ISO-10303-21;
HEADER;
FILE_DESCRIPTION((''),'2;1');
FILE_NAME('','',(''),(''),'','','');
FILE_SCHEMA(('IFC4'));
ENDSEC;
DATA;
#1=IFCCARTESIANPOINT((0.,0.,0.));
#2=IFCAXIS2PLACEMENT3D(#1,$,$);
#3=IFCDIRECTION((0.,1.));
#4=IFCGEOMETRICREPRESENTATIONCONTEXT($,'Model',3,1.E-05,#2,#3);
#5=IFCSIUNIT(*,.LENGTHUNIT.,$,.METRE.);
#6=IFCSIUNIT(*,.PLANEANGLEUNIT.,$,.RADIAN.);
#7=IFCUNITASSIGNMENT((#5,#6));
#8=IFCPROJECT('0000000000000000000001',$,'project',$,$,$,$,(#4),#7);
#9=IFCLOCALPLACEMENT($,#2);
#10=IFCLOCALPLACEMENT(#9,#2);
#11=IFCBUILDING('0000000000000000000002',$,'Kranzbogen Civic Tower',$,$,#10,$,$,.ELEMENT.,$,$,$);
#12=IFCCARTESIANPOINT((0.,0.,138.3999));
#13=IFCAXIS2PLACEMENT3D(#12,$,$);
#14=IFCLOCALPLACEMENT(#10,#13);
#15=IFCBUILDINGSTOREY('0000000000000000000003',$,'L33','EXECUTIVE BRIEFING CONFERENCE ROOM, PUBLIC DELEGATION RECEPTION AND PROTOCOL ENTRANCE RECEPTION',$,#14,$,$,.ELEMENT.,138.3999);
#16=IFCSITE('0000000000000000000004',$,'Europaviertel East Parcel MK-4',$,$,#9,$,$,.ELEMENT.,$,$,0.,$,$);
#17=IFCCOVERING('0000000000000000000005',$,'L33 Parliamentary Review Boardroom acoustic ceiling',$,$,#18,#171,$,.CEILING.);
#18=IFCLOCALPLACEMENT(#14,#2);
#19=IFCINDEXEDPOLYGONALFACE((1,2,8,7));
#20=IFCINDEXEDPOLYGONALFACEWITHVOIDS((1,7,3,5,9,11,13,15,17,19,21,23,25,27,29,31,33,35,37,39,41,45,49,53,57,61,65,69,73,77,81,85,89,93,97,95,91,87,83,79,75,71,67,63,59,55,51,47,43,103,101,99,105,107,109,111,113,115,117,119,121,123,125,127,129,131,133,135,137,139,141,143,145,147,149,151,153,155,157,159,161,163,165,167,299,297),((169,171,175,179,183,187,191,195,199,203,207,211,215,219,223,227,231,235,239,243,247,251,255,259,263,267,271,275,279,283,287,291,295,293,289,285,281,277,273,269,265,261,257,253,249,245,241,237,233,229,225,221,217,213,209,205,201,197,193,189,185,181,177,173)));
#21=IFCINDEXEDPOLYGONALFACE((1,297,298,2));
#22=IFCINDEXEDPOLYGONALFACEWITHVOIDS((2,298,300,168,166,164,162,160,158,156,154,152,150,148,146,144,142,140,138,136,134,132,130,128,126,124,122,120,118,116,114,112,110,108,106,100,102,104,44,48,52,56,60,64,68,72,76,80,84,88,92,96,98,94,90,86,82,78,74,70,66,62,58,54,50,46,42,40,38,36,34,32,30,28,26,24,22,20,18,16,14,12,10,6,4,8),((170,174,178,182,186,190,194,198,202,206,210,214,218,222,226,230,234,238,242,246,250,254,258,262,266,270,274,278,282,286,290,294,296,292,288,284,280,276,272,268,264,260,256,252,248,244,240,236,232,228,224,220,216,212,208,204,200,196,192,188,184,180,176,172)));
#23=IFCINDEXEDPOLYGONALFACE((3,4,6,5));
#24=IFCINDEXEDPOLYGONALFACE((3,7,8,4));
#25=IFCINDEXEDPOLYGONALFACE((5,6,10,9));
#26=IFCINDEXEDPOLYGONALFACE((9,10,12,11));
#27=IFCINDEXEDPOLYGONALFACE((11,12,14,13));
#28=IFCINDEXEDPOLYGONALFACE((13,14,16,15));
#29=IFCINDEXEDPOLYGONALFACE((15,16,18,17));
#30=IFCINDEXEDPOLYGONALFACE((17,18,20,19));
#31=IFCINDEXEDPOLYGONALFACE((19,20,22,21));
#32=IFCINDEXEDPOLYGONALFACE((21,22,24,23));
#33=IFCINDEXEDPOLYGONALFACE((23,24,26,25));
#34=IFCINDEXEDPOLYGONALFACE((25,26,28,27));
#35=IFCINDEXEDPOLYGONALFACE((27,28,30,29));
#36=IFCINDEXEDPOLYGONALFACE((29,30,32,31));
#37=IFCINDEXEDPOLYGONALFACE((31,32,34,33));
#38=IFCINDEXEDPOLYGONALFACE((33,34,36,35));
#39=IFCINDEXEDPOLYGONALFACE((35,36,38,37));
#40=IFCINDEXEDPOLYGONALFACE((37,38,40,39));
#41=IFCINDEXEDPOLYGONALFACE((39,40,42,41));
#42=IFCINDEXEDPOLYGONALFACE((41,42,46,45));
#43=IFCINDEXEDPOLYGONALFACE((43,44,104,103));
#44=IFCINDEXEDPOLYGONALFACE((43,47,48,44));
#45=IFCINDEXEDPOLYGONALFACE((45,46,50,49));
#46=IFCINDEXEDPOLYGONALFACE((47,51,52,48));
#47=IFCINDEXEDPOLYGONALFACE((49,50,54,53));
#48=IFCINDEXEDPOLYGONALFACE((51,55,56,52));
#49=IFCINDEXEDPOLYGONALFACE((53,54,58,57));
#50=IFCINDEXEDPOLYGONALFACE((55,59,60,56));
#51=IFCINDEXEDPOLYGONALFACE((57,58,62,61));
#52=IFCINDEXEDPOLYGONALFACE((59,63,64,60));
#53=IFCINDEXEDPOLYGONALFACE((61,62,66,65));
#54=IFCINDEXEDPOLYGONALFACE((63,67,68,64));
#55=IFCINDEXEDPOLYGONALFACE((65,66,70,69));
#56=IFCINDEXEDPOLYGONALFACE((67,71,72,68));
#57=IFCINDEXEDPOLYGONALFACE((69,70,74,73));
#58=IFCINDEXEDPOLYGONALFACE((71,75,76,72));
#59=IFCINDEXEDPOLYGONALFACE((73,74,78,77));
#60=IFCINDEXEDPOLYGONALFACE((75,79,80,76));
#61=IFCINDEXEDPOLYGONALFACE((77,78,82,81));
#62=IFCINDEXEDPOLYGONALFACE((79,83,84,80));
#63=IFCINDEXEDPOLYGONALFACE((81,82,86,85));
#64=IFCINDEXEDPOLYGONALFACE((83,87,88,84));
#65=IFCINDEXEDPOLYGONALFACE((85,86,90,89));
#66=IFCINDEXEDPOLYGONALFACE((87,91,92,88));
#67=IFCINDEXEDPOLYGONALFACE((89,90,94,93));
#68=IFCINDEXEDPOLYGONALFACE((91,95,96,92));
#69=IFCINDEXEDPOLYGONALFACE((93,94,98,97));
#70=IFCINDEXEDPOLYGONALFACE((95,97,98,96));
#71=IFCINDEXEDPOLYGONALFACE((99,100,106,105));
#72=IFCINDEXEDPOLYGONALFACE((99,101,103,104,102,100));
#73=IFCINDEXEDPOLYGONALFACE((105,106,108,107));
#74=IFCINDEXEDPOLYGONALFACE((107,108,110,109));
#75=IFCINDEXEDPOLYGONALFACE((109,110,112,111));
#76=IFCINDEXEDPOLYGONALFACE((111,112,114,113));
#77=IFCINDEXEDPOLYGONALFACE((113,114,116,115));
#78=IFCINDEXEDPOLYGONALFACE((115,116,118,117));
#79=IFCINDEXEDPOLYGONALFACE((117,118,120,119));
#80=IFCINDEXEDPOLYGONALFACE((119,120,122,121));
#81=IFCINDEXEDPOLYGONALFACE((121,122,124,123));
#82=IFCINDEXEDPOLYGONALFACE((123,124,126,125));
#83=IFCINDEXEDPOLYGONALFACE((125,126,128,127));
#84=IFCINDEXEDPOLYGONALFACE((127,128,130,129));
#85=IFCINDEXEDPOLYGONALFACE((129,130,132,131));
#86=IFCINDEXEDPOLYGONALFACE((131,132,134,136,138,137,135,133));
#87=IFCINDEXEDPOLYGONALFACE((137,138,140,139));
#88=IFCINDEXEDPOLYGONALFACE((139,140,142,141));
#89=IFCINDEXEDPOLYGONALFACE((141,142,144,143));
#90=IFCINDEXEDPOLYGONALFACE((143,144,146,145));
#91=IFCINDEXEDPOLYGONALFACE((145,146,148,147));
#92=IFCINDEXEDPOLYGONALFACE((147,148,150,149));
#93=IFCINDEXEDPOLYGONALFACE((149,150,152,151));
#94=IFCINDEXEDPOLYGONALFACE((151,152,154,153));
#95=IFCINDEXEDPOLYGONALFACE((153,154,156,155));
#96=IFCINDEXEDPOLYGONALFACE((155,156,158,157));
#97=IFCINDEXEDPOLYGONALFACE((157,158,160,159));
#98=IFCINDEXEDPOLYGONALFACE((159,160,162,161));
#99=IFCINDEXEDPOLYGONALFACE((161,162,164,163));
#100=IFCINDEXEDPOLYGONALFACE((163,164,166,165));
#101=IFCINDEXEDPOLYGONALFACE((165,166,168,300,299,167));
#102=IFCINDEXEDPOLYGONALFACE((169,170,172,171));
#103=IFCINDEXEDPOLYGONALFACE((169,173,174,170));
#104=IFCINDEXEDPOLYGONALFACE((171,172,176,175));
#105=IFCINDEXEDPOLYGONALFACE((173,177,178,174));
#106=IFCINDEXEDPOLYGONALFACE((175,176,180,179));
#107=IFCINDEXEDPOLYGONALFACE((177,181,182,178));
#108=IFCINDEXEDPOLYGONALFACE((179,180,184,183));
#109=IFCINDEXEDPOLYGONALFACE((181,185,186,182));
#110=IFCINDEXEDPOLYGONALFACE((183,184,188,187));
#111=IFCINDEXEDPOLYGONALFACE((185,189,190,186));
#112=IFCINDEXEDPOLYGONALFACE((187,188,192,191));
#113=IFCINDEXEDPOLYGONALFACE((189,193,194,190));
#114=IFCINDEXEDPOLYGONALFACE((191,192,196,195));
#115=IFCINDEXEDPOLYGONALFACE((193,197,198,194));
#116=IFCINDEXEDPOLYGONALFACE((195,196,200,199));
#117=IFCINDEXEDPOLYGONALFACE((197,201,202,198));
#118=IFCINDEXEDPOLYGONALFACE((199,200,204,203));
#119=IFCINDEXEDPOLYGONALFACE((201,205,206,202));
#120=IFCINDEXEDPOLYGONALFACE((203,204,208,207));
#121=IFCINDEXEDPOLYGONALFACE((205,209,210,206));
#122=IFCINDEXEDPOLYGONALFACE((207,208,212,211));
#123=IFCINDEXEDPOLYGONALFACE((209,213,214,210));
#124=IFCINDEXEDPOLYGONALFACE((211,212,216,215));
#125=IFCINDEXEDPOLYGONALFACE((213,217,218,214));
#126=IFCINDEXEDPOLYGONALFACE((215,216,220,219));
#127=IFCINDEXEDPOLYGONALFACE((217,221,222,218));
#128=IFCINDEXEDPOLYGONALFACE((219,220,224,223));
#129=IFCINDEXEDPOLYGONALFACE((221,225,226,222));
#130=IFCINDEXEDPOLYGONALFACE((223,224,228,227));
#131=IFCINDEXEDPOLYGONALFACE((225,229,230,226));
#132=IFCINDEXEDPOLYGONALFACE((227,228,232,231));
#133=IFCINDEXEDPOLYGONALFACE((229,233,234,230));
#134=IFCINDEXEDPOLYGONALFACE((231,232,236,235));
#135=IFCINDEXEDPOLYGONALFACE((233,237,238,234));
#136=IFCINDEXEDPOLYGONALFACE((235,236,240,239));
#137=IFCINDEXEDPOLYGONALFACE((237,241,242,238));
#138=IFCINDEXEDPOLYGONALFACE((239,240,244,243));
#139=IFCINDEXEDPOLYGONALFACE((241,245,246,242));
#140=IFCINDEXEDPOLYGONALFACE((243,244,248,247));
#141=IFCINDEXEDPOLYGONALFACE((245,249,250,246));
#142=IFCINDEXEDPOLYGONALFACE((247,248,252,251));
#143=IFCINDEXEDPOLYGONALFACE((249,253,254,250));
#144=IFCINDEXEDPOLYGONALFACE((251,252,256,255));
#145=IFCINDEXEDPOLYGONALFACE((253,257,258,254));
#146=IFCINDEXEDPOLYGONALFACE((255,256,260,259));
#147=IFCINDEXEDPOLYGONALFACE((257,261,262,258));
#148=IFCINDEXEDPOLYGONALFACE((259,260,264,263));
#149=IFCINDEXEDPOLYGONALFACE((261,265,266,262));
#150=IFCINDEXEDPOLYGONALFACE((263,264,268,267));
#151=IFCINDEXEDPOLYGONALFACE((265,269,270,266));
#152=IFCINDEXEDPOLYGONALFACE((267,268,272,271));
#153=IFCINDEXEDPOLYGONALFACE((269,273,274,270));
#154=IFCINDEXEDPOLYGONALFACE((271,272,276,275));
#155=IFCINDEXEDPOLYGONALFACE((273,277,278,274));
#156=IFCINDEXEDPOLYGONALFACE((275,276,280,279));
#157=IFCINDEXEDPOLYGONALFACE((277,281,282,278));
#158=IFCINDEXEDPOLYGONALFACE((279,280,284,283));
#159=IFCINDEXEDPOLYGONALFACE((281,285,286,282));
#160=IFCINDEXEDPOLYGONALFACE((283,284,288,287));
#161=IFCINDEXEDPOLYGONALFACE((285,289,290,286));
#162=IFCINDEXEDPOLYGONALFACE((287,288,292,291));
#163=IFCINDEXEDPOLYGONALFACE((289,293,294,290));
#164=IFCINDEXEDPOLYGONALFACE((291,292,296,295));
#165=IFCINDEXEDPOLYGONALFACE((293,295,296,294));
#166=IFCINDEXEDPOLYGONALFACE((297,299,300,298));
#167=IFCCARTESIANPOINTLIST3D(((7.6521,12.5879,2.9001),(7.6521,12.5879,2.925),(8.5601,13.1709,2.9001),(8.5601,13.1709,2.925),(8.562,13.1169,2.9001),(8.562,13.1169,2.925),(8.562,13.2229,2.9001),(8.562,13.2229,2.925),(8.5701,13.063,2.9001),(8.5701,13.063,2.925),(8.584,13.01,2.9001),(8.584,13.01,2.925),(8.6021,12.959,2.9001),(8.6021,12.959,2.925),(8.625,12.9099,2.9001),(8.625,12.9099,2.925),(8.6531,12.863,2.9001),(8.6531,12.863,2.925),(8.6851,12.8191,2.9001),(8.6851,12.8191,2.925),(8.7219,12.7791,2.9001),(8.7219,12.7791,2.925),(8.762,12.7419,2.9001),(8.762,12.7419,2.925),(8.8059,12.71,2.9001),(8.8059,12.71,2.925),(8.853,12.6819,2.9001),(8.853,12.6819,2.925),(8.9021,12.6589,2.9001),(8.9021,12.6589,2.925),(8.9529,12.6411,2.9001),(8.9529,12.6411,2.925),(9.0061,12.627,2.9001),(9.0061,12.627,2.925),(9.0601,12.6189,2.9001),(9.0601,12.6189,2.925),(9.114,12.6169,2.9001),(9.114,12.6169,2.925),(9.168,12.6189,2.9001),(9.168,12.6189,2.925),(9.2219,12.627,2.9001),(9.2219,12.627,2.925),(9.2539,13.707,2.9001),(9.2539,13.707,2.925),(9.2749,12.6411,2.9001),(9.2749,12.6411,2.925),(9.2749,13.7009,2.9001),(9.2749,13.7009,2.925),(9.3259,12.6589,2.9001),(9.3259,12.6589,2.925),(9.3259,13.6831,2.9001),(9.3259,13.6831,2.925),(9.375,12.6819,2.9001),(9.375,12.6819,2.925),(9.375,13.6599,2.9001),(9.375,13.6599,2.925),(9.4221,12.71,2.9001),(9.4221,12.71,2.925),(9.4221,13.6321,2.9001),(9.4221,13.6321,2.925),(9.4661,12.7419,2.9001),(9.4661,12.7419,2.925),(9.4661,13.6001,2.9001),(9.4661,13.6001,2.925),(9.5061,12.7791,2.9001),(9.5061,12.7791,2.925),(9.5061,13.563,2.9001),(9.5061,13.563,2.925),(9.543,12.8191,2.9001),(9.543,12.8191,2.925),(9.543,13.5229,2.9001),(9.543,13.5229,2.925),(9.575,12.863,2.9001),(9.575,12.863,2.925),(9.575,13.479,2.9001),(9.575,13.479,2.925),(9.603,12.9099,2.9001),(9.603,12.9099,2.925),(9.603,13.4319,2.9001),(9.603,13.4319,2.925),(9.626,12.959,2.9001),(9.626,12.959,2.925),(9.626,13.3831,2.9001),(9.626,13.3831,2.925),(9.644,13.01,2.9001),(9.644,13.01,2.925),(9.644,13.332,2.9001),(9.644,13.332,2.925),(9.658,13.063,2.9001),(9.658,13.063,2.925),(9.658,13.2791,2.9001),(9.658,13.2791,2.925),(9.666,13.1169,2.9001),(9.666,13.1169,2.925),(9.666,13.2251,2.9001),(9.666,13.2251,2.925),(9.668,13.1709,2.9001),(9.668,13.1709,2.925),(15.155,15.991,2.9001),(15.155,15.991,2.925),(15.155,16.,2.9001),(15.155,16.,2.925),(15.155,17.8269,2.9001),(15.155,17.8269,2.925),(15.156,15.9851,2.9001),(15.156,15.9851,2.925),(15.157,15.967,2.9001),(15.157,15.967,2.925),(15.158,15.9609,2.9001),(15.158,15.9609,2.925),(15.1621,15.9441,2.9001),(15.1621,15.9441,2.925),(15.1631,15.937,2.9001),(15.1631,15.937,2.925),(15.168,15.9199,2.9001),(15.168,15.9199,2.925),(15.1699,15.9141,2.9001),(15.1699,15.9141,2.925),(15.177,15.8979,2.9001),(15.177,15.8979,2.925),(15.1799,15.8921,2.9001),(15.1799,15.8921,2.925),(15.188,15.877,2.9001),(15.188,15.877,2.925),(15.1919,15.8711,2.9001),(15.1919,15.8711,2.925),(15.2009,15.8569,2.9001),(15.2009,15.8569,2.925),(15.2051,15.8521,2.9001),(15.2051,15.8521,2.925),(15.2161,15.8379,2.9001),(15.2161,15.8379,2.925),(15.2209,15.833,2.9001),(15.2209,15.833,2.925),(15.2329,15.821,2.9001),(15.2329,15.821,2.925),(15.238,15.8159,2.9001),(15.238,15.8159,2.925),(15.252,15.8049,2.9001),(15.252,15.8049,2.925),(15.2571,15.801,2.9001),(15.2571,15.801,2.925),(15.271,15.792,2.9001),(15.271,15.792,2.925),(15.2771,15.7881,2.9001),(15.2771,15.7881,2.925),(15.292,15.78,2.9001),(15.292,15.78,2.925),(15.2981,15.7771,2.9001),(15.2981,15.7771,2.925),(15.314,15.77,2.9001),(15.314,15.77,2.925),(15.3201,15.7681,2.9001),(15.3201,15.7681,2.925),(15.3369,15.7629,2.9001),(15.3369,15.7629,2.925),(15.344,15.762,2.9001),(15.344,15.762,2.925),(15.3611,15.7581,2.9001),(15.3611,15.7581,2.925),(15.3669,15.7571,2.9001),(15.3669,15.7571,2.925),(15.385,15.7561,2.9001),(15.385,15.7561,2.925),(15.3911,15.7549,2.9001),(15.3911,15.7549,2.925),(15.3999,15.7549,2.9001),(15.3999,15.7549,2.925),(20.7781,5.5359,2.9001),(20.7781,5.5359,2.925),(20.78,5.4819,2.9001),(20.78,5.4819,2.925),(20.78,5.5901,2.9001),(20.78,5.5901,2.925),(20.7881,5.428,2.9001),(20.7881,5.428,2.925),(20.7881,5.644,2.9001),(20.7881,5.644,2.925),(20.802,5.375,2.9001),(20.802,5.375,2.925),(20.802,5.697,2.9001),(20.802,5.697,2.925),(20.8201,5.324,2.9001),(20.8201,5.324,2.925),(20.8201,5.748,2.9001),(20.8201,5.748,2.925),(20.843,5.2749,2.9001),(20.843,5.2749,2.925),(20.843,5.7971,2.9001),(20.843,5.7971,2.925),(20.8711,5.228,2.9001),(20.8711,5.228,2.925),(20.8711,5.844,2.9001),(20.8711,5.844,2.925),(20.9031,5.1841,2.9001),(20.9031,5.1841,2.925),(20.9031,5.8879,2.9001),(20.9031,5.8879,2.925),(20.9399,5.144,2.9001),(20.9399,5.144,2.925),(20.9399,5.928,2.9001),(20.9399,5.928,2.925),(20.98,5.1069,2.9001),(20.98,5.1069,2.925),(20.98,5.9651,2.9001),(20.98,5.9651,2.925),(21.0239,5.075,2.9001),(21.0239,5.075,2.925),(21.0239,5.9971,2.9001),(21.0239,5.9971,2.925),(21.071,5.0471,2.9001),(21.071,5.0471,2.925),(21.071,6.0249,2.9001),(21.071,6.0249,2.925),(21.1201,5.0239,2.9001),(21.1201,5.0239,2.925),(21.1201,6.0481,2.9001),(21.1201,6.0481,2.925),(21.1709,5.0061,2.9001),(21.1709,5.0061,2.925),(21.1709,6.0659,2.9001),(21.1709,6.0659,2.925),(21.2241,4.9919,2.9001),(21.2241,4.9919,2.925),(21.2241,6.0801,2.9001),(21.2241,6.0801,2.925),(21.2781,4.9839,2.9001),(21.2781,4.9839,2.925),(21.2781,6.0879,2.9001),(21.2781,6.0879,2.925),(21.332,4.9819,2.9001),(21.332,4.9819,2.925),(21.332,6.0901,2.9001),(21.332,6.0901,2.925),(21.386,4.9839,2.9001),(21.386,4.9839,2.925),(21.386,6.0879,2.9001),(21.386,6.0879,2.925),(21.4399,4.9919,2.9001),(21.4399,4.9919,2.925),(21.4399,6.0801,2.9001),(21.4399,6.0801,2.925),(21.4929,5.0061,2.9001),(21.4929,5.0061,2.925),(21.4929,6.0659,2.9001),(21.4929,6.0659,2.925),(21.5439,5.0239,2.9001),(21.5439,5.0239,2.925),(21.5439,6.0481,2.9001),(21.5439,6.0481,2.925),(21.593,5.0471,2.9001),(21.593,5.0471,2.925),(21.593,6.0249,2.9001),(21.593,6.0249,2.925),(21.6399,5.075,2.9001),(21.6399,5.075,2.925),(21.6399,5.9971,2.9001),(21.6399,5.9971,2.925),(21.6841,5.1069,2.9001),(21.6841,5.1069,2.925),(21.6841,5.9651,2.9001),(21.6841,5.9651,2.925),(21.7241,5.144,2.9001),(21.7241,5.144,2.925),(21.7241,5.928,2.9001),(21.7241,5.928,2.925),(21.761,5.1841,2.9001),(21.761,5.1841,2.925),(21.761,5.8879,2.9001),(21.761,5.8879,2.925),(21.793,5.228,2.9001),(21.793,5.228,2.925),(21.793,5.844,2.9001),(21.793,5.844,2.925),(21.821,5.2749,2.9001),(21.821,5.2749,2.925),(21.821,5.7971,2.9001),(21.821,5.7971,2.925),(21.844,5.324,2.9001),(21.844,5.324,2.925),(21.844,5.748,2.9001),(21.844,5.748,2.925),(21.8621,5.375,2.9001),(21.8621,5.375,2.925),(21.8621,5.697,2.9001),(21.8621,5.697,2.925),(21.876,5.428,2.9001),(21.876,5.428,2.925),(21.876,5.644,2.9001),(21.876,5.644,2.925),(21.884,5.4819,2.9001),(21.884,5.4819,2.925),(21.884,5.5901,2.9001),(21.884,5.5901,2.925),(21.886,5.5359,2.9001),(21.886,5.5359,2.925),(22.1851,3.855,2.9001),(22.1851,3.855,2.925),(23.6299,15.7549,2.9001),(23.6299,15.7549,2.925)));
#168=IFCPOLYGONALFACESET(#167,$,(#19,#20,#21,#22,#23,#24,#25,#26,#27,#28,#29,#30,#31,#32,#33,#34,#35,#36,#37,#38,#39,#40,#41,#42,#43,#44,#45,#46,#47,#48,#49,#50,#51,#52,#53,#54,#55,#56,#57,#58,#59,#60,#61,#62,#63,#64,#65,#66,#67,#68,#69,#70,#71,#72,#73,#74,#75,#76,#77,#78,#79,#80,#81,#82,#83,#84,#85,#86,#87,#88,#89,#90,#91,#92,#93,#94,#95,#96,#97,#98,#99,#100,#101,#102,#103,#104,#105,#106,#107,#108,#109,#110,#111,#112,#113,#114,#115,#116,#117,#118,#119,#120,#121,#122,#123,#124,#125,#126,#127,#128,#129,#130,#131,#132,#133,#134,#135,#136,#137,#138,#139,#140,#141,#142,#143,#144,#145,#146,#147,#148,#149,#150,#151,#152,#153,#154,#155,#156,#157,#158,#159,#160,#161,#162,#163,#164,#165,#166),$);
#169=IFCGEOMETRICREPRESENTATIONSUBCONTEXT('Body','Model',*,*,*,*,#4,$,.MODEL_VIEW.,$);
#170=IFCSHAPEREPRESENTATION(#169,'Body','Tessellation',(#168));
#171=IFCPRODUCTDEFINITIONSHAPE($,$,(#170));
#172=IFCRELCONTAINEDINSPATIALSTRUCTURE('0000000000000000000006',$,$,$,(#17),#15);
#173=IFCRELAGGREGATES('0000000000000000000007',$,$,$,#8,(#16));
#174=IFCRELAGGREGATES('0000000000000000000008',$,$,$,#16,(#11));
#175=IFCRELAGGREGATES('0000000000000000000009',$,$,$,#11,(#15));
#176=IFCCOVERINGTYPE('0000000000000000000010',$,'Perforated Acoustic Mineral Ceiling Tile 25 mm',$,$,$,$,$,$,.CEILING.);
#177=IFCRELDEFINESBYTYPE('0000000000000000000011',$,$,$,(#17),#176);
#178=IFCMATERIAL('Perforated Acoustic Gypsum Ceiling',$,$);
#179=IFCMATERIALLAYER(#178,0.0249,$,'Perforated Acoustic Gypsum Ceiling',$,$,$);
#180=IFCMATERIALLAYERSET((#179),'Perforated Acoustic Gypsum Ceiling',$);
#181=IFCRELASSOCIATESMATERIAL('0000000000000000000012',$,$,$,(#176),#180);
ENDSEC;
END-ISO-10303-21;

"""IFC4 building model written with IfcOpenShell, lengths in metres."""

from ifc_helpers import new_model, si_unit, direction, frame, origin, place, context, subcontext, project, spatial, polyline, outline, extrude, material, layer, layer_set, type_object, element, save


model = new_model("IFC4")

# Units and contexts
model_context = context("Model", 3, precision=1e-05, world=origin(), true_north=direction((0.0, 1.0)))
body_context = subcontext(model_context, "Body", "Model", "MODEL_VIEW")
ifc_project = project(units=[si_unit("LENGTHUNIT", "METRE"), si_unit("PLANEANGLEUNIT", "RADIAN")], contexts=[model_context])

# Site, building, storey
site_placement = place(None, origin())
site = spatial("IfcSite", under=ifc_project, at=site_placement, Name="Europaviertel East Parcel MK-4", CompositionType="ELEMENT", RefElevation=0.0)
building_placement = place(site_placement, origin())
building = spatial("IfcBuilding", under=site, at=building_placement, Name="Kranzbogen Civic Tower", CompositionType="ELEMENT")
storey_placement = place(building_placement, frame((0.0, 0.0, 138.3999)))
storey = spatial("IfcBuildingStorey", under=building, at=storey_placement, Name="L33", Description="EXECUTIVE BRIEFING CONFERENCE ROOM, PUBLIC DELEGATION RECEPTION AND PROTOCOL ENTRANCE RECEPTION", CompositionType="ELEMENT", Elevation=138.3999)

# Covering
ifc_material_1 = material(Name="Perforated Acoustic Gypsum Ceiling")
ifc_layer_1 = layer(ifc_material_1, 0.0249, Name="Perforated Acoustic Gypsum Ceiling")
ifc_layer_set_1 = layer_set([ifc_layer_1], Name="Perforated Acoustic Gypsum Ceiling")
covering_type = type_object("IfcCoveringType", Name="Perforated Acoustic Mineral Ceiling Tile 25 mm", PredefinedType="CEILING", material=ifc_layer_set_1)
covering_1_placement = place(storey_placement, frame((0.0, 0.0, 2.9001)))
element("IfcCovering", 1, at=covering_1_placement, inside=storey, type_object=covering_type, Name="L33 Parliamentary Review Boardroom acoustic ceiling", PredefinedType="CEILING", context=body_context, shape_type="SweptSolid", body=[
    extrude(outline(polyline([(8.562, 13.2229), (8.5601, 13.1709), (8.562, 13.1169), (8.5701, 13.063), (8.584, 13.01), (8.6021, 12.959), (8.625, 12.9099), (8.6531, 12.863), (8.6851, 12.8191), (8.7219, 12.7791), (8.762, 12.7419), (8.8059, 12.71), (8.853, 12.6819), (8.9021, 12.6589), (8.9529, 12.6411), (9.0061, 12.627), (9.0601, 12.6189), (9.114, 12.6169), (9.168, 12.6189), (9.2219, 12.627), (9.2749, 12.6411), (9.3259, 12.6589), (9.375, 12.6819), (9.4221, 12.71), (9.4661, 12.7419), (9.5061, 12.7791), (9.543, 12.8191), (9.575, 12.863), (9.603, 12.9099), (9.626, 12.959), (9.644, 13.01), (9.658, 13.063), (9.666, 13.1169), (9.668, 13.1709), (9.666, 13.2251), (9.658, 13.2791), (9.644, 13.332), (9.626, 13.3831), (9.603, 13.4319), (9.575, 13.479), (9.543, 13.5229), (9.5061, 13.563), (9.4661, 13.6001), (9.4221, 13.6321), (9.375, 13.6599), (9.3259, 13.6831), (9.2749, 13.7009), (9.2539, 13.707), (15.155, 17.8269), (15.155, 16.0), (15.155, 15.991), (15.156, 15.9851), (15.157, 15.967), (15.158, 15.9609), (15.1621, 15.9441), (15.1631, 15.937), (15.168, 15.9199), (15.1699, 15.9141), (15.177, 15.8979), (15.1799, 15.8921), (15.188, 15.877), (15.1919, 15.8711), (15.2009, 15.8569), (15.2051, 15.8521), (15.2161, 15.8379), (15.2209, 15.833), (15.2329, 15.821), (15.238, 15.8159), (15.252, 15.8049), (15.2571, 15.801), (15.271, 15.792), (15.2771, 15.7881), (15.292, 15.78), (15.2981, 15.7771), (15.314, 15.77), (15.3201, 15.7681), (15.3369, 15.7629), (15.344, 15.762), (15.3611, 15.7581), (15.3669, 15.7571), (15.385, 15.7561), (15.3911, 15.7549), (15.3999, 15.7549), (23.6299, 15.7549), (22.1851, 3.855), (7.6521, 12.5879), (8.562, 13.2229)]), holes=[polyline([(21.844, 5.324), (21.821, 5.2749), (21.793, 5.228), (21.761, 5.1841), (21.7241, 5.144), (21.6841, 5.1069), (21.6399, 5.075), (21.593, 5.0471), (21.5439, 5.0239), (21.4929, 5.0061), (21.4399, 4.9919), (21.386, 4.9839), (21.332, 4.9819), (21.2781, 4.9839), (21.2241, 4.9919), (21.1709, 5.0061), (21.1201, 5.0239), (21.071, 5.0471), (21.0239, 5.075), (20.98, 5.1069), (20.9399, 5.144), (20.9031, 5.1841), (20.8711, 5.228), (20.843, 5.2749), (20.8201, 5.324), (20.802, 5.375), (20.7881, 5.428), (20.78, 5.4819), (20.7781, 5.5359), (20.78, 5.5901), (20.7881, 5.644), (20.802, 5.697), (20.8201, 5.748), (20.843, 5.7971), (20.8711, 5.844), (20.9031, 5.8879), (20.9399, 5.928), (20.98, 5.9651), (21.0239, 5.9971), (21.071, 6.0249), (21.1201, 6.0481), (21.1709, 6.0659), (21.2241, 6.0801), (21.2781, 6.0879), (21.332, 6.0901), (21.386, 6.0879), (21.4399, 6.0801), (21.4929, 6.0659), (21.5439, 6.0481), (21.593, 6.0249), (21.6399, 5.9971), (21.6841, 5.9651), (21.7241, 5.928), (21.761, 5.8879), (21.793, 5.844), (21.821, 5.7971), (21.844, 5.748), (21.8621, 5.697), (21.876, 5.644), (21.884, 5.5901), (21.886, 5.5359), (21.884, 5.4819), (21.876, 5.428), (21.8621, 5.375), (21.844, 5.324)])]), origin(), (0.0, 0.0, 1.0), 0.0249),
])

save(model, "model.ifc")
